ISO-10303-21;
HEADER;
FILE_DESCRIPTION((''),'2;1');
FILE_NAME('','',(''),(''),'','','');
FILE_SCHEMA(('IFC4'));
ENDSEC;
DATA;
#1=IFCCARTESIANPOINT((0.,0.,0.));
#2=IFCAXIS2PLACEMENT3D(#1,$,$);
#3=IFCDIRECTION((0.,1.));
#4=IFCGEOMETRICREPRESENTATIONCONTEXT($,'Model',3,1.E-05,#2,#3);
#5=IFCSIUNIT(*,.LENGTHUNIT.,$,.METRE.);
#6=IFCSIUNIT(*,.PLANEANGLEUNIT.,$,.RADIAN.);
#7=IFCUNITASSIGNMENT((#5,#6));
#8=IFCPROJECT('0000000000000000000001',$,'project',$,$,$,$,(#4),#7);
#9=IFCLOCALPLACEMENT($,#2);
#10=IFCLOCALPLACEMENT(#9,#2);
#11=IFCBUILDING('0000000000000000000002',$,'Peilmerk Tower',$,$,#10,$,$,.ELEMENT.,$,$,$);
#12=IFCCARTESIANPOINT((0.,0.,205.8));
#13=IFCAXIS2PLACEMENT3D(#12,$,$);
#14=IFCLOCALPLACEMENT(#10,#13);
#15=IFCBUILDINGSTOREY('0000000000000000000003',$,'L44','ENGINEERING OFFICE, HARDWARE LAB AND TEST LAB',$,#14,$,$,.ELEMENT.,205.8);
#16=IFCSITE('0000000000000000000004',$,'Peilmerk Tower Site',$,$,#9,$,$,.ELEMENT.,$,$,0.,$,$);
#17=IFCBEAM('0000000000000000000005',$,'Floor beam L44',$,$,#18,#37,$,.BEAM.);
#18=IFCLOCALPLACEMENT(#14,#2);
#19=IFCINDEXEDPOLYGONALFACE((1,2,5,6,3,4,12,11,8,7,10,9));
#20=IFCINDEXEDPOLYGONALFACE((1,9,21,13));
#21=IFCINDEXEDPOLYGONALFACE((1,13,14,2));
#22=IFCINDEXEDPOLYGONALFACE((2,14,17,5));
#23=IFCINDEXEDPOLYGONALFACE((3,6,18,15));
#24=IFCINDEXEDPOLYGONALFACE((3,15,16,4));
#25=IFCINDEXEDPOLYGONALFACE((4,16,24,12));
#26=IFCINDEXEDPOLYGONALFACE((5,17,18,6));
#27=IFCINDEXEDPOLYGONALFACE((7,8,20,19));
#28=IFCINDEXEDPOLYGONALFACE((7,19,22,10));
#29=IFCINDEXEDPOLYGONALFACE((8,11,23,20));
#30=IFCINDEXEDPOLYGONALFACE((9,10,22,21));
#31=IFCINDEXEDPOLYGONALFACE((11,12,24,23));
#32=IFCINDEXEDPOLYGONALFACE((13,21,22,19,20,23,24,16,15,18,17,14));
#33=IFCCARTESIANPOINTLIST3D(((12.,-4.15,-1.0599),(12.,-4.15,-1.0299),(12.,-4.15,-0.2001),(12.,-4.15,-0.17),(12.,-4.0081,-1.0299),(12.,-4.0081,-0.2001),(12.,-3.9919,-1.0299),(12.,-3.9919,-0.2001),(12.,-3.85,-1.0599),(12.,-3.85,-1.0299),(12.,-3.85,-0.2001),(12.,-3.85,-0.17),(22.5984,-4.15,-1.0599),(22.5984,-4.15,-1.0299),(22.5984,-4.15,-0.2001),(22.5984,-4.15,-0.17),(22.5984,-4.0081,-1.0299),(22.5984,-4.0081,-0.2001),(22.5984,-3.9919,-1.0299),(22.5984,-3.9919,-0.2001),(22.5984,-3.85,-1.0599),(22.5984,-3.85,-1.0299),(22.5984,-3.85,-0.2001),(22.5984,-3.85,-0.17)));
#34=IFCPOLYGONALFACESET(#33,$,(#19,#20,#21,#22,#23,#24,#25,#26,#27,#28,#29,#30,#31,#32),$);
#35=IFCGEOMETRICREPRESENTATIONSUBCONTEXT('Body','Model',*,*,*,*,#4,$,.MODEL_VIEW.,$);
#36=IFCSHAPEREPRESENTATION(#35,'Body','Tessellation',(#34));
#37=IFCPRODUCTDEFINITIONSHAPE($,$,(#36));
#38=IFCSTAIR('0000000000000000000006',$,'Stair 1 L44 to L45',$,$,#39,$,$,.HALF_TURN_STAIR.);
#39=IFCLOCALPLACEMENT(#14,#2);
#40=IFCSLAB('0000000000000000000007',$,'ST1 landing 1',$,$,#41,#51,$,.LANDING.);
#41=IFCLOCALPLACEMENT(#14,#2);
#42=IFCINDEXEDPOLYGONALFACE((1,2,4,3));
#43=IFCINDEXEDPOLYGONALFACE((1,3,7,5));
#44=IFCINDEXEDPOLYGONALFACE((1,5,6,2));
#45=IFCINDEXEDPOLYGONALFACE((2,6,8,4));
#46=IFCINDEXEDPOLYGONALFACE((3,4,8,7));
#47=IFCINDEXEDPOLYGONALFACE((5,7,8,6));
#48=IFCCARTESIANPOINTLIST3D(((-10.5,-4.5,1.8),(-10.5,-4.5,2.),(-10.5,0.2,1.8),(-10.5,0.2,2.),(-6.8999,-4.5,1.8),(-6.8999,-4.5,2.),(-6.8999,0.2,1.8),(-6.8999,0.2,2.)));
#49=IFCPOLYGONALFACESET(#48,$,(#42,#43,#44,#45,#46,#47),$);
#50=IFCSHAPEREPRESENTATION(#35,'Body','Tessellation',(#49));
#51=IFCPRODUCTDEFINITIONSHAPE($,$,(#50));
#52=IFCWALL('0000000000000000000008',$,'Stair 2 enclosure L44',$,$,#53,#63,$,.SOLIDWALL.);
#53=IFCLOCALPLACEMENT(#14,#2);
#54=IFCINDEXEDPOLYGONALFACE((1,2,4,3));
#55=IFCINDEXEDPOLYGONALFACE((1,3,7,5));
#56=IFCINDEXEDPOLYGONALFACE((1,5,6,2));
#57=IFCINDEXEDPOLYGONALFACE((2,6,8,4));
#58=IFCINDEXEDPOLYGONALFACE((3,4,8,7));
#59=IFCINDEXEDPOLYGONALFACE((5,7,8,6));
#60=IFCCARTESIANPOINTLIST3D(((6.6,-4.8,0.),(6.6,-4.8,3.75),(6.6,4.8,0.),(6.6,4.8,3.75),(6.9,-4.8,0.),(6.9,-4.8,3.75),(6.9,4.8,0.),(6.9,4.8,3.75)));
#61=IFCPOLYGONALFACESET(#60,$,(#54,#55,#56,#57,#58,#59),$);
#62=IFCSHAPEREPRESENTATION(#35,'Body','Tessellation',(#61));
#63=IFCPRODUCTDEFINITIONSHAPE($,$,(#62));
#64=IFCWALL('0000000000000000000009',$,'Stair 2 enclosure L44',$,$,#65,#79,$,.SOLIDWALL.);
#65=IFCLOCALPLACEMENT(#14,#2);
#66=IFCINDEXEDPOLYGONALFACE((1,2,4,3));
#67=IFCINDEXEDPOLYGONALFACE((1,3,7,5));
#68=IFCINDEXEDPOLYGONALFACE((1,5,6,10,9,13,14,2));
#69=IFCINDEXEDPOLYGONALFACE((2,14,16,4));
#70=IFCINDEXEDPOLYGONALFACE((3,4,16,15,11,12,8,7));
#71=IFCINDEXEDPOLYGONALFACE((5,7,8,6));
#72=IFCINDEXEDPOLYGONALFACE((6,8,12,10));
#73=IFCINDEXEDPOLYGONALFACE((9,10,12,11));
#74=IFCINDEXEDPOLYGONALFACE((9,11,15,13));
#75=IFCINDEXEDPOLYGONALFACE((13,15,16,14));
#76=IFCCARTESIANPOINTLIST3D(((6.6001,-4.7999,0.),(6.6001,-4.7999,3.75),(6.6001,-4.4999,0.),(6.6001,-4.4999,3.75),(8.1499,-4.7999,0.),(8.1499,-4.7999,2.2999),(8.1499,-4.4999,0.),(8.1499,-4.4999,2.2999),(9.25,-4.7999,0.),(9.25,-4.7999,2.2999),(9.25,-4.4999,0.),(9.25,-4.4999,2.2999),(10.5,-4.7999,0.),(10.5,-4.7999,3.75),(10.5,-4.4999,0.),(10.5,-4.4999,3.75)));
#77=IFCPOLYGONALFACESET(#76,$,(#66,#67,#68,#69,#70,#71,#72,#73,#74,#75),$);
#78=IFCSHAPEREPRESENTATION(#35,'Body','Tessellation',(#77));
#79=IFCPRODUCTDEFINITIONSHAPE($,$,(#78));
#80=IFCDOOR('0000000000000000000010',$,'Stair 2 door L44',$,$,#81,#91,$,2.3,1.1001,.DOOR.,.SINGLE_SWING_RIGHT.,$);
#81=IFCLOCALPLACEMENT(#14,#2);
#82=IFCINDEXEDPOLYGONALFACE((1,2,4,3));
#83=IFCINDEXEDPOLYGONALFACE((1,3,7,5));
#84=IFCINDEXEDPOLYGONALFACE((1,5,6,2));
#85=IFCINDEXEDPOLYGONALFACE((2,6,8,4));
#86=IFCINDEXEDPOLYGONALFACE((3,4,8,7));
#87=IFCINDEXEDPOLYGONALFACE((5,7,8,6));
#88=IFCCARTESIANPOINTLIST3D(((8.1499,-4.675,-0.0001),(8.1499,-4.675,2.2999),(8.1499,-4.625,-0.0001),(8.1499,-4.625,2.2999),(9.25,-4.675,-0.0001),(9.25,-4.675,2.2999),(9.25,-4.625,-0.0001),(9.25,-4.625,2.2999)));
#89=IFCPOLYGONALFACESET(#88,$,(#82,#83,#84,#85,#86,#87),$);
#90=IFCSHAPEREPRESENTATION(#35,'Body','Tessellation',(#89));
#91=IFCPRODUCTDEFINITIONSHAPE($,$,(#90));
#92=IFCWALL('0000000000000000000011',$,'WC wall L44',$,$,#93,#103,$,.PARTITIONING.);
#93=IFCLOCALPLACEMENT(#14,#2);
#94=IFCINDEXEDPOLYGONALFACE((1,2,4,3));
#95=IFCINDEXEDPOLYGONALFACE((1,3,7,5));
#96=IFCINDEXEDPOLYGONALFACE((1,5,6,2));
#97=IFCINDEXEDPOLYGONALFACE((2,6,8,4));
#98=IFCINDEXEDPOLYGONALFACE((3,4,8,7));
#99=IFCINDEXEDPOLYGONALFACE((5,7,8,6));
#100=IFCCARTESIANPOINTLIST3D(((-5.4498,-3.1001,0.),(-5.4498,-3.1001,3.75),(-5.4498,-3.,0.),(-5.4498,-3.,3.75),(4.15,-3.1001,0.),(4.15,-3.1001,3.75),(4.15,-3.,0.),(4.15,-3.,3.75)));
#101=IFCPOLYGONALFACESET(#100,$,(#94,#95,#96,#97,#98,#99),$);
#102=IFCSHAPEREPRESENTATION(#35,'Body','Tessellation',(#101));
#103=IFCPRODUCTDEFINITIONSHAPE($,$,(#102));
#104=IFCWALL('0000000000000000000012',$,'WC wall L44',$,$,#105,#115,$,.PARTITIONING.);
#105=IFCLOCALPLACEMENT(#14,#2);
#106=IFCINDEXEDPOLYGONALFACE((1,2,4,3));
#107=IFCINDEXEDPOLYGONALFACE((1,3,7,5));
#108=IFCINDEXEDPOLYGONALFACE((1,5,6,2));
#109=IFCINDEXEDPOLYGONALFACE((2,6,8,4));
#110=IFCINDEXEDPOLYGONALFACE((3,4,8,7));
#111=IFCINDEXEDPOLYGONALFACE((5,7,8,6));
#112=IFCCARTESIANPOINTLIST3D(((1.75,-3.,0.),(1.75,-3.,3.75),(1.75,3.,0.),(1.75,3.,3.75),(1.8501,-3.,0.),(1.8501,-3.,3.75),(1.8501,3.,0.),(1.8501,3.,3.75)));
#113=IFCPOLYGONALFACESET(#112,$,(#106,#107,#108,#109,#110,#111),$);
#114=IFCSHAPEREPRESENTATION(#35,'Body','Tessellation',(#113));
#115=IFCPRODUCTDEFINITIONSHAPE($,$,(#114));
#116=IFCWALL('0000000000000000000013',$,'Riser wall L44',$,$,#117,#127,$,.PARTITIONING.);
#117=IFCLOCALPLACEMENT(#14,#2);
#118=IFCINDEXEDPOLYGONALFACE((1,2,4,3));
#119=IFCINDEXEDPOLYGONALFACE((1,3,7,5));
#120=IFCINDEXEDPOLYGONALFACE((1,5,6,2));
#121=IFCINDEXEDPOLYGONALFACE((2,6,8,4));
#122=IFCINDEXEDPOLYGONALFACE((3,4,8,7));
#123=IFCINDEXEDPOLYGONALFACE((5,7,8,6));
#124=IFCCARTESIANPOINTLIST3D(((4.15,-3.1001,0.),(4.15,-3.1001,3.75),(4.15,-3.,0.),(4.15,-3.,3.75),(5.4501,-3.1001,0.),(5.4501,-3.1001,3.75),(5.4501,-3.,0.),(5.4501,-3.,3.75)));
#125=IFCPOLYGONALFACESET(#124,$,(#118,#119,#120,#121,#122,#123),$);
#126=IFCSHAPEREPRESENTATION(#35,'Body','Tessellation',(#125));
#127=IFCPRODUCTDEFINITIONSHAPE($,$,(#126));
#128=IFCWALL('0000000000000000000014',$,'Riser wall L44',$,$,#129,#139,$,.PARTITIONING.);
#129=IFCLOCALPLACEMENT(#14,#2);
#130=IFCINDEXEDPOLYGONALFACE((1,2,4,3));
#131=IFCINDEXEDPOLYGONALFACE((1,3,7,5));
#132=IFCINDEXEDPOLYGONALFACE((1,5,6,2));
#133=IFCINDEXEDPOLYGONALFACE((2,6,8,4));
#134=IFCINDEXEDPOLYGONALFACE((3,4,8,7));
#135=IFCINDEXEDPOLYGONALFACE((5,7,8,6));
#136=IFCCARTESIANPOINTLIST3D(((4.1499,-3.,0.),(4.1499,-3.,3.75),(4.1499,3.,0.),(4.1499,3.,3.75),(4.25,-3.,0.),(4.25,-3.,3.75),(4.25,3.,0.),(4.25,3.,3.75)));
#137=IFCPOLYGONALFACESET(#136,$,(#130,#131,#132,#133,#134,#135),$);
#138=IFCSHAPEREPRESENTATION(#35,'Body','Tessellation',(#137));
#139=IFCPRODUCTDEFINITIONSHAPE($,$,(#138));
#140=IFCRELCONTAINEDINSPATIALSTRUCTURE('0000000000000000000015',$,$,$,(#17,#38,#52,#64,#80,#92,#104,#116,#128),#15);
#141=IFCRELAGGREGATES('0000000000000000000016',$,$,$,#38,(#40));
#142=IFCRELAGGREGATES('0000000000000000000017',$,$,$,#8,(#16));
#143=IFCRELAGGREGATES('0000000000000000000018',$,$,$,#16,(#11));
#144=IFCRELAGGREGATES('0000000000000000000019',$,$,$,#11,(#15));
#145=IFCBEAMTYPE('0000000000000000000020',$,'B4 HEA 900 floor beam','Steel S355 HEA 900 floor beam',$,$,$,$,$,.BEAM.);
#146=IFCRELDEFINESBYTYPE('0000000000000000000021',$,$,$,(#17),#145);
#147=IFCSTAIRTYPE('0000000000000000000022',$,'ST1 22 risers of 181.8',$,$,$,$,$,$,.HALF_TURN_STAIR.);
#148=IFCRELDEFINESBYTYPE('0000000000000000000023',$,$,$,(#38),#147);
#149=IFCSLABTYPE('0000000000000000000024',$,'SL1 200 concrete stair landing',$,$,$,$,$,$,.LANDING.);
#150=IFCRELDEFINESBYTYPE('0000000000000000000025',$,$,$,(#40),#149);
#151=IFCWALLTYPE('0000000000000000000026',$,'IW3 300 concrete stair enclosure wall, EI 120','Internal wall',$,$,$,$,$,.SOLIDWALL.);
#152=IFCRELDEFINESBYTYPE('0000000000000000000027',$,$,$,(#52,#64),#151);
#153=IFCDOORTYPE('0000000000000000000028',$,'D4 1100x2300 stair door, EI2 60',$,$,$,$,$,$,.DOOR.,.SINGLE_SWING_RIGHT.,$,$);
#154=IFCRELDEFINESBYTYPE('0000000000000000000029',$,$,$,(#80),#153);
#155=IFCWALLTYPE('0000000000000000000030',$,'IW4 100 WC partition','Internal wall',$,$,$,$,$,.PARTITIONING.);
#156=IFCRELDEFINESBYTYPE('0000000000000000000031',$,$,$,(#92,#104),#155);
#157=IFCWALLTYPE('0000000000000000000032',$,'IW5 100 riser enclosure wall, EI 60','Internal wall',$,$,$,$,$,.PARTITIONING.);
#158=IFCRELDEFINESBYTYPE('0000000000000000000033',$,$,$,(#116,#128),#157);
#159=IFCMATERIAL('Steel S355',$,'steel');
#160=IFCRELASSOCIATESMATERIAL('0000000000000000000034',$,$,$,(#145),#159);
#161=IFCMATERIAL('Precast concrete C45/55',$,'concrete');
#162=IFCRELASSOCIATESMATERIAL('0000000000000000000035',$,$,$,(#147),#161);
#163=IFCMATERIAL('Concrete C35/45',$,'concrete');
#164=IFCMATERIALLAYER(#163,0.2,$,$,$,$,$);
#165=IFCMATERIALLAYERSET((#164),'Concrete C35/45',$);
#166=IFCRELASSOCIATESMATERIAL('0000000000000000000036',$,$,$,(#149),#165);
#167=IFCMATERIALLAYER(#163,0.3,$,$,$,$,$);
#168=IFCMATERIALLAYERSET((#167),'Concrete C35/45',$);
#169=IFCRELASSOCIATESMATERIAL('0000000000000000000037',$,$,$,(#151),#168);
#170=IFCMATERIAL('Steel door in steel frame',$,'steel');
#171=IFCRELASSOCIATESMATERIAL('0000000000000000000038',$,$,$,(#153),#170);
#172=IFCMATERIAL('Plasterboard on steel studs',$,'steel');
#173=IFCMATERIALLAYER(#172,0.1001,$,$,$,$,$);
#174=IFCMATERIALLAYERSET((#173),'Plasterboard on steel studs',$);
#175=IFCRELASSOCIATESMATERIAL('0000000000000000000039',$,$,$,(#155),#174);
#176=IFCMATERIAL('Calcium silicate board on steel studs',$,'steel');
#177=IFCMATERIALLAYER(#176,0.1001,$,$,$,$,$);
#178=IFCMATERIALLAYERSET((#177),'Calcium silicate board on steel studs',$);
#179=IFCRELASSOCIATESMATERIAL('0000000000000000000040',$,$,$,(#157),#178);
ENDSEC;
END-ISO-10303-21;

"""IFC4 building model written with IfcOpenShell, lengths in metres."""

from ifc_helpers import new_model, si_unit, direction, frame, frame_2d, origin, origin_2d, place, context, subcontext, project, spatial, polyline, rectangle, i_section, outline, extrude, material, layer, layer_set, material_profile, profile_set, type_object, element, fill, aggregate, save


model = new_model("IFC4")

# Units and contexts
model_context = context("Model", 3, precision=1e-05, world=origin(), true_north=direction((0.0, 1.0)))
body_context = subcontext(model_context, "Body", "Model", "MODEL_VIEW")
ifc_project = project(units=[si_unit("LENGTHUNIT", "METRE"), si_unit("PLANEANGLEUNIT", "RADIAN")], contexts=[model_context])

# Site, building, storey
site_placement = place(None, origin())
site = spatial("IfcSite", under=ifc_project, at=site_placement, Name="Peilmerk Tower Site", CompositionType="ELEMENT", RefElevation=0.0)
building_placement = place(site_placement, origin())
building = spatial("IfcBuilding", under=site, at=building_placement, Name="Peilmerk Tower", CompositionType="ELEMENT")
storey_placement = place(building_placement, frame((0.0, 0.0, 205.8)))
storey = spatial("IfcBuildingStorey", under=building, at=storey_placement, Name="L44", Description="ENGINEERING OFFICE, HARDWARE LAB AND TEST LAB", CompositionType="ELEMENT", Elevation=205.8)

# Beam
ifc_material_1 = material(Name="Steel S355", Category="steel")
ifc_material_profile = material_profile(ifc_material_1, i_section(OverallWidth=0.3, OverallDepth=0.8899, WebThickness=0.0161, FlangeThickness=0.03, at=origin_2d()), Name="HEA 900")
ifc_profile_set = profile_set([ifc_material_profile], Name="Steel S355")
beam_type = type_object("IfcBeamType", Name="B4 HEA 900 floor beam", Description="Steel S355 HEA 900 floor beam", PredefinedType="BEAM", material=ifc_profile_set)
beam_placement = place(storey_placement, frame((12.0, -4.0, -0.615), z_axis=(1.0, 0.0, 0.0), x_axis=(0.0, 1.0, 0.0)))
element("IfcBeam", 1, at=beam_placement, inside=storey, type_object=beam_type, Name="Floor beam L44", PredefinedType="BEAM", context=body_context, shape_type="SweptSolid", body=[
    extrude(i_section(OverallWidth=0.3, OverallDepth=0.8899, WebThickness=0.0161, FlangeThickness=0.03, at=origin_2d()), origin(), (0.0, 0.0, 1.0), 10.5984),
])

# Stair, slab
ifc_material_2 = material(Name="Precast concrete C45/55", Category="concrete")
stair_type_1 = type_object("IfcStairType", Name="ST1 22 risers of 181.8", PredefinedType="HALF_TURN_STAIR", material=ifc_material_2)
stair_1_placement = place(storey_placement, origin())
stair_1 = element("IfcStair", 2, at=stair_1_placement, inside=storey, type_object=stair_type_1, Name="Stair 1 L44 to L45", PredefinedType="HALF_TURN_STAIR")
ifc_material_3 = material(Name="Concrete C35/45", Category="concrete")
ifc_layer_1 = layer(ifc_material_3, 0.2)
ifc_layer_set_1 = layer_set([ifc_layer_1], Name="Concrete C35/45")
slab_type = type_object("IfcSlabType", Name="SL1 200 concrete stair landing", PredefinedType="LANDING", material=ifc_layer_set_1)
slab_placement = place(storey_placement, frame((0.0, 0.0, 1.8)))
slab = element("IfcSlab", 3, at=slab_placement, type_object=slab_type, Name="ST1 landing 1", PredefinedType="LANDING", context=body_context, shape_type="SweptSolid", body=[
    extrude(outline(polyline([(-10.5, -4.5), (-6.8999, -4.5), (-6.8999, 0.2), (-10.5, 0.2), (-10.5, -4.5)])), origin(), (0.0, 0.0, 1.0), 0.2),
])
aggregate(stair_1, [slab])

# Wall
ifc_layer_2 = layer(ifc_material_3, 0.3)
ifc_layer_set_2 = layer_set([ifc_layer_2], Name="Concrete C35/45")
wall_type_1 = type_object("IfcWallType", Name="IW3 300 concrete stair enclosure wall, EI 120", Description="Internal wall", PredefinedType="SOLIDWALL", material=ifc_layer_set_2)
wall_1_placement = place(storey_placement, frame((6.75, -4.8, 0.0), z_axis=(0.0, 0.0, 1.0), x_axis=(0.0, 1.0, 0.0)))
element("IfcWall", 4, at=wall_1_placement, inside=storey, type_object=wall_type_1, Name="Stair 2 enclosure L44", PredefinedType="SOLIDWALL", context=body_context, shape_type="SweptSolid", body=[
    extrude(rectangle(XDim=9.6001, YDim=0.3, at=frame_2d((4.8, 0.0))), origin(), (0.0, 0.0, 1.0), 3.75),
])

# Wall, opening, door
wall_2_placement = place(storey_placement, frame((10.5, -4.6499, 0.0), z_axis=(0.0, 0.0, 1.0), x_axis=(-1.0, 0.0, 0.0)))
wall_2 = element("IfcWall", 5, at=wall_2_placement, inside=storey, type_object=wall_type_1, Name="Stair 2 enclosure L44", PredefinedType="SOLIDWALL", context=body_context, shape_type="SweptSolid", body=[
    extrude(rectangle(XDim=3.8999, YDim=0.3, at=frame_2d((1.95, 0.0))), origin(), (0.0, 0.0, 1.0), 3.75),
])
opening_1_placement = place(wall_2_placement, frame((1.25, 0.0, 0.0)))
opening_1 = element("IfcOpeningElement", 6, at=opening_1_placement, cuts=wall_2, PredefinedType="OPENING", context=body_context, shape_type="SweptSolid", body=[
    extrude(rectangle(XDim=1.1001, YDim=2.3, at=frame_2d((0.55, 1.1499))), frame((0.0, 0.1599, 0.0), z_axis=(0.0, -1.0, 0.0), x_axis=(1.0, 0.0, 0.0)), (0.0, 0.0, 1.0), 0.3201),
])
ifc_material_4 = material(Name="Steel door in steel frame", Category="steel")
door_type_1 = type_object("IfcDoorType", Name="D4 1100x2300 stair door, EI2 60", OperationType="SINGLE_SWING_RIGHT", PredefinedType="DOOR", material=ifc_material_4)
door_1_placement = place(opening_1_placement, frame((1.1001, 0.0, 0.0), z_axis=(0.0, 0.0, 1.0), x_axis=(-1.0, 0.0, 0.0)))
door_1 = element("IfcDoor", 7, at=door_1_placement, inside=storey, type_object=door_type_1, Name="Stair 2 door L44", OperationType="SINGLE_SWING_RIGHT", OverallHeight=2.3, OverallWidth=1.1001, PredefinedType="DOOR", context=body_context, shape_type="SweptSolid", body=[
    extrude(rectangle(XDim=1.1001, YDim=2.3, at=frame_2d((0.55, 1.1499))), frame((0.0, 0.0249, 0.0), z_axis=(0.0, -1.0, 0.0), x_axis=(1.0, 0.0, 0.0)), (0.0, 0.0, 1.0), 0.05),
])
fill(opening_1, door_1)

# Walls
ifc_material_5 = material(Name="Plasterboard on steel studs", Category="steel")
ifc_layer_3 = layer(ifc_material_5, 0.1001)
ifc_layer_set_3 = layer_set([ifc_layer_3], Name="Plasterboard on steel studs")
wall_type_2 = type_object("IfcWallType", Name="IW4 100 WC partition", Description="Internal wall", PredefinedType="PARTITIONING", material=ifc_layer_set_3)
wall_3_placement = place(storey_placement, frame((4.1499, -3.05, 0.0), z_axis=(0.0, 0.0, 1.0), x_axis=(-1.0, 0.0, 0.0)))
element("IfcWall", 8, at=wall_3_placement, inside=storey, type_object=wall_type_2, Name="WC wall L44", PredefinedType="PARTITIONING", context=body_context, shape_type="SweptSolid", body=[
    extrude(rectangle(XDim=9.5999, YDim=0.1001, at=frame_2d((4.7998, 0.0))), origin(), (0.0, 0.0, 1.0), 3.75),
])
wall_4_placement = place(storey_placement, frame((1.8, -3.0, 0.0), z_axis=(0.0, 0.0, 1.0), x_axis=(0.0, 1.0, 0.0)))
element("IfcWall", 9, at=wall_4_placement, inside=storey, type_object=wall_type_2, Name="WC wall L44", PredefinedType="PARTITIONING", context=body_context, shape_type="SweptSolid", body=[
    extrude(rectangle(XDim=6.0, YDim=0.1001, at=frame_2d((3.0, 0.0))), origin(), (0.0, 0.0, 1.0), 3.75),
])
ifc_material_6 = material(Name="Calcium silicate board on steel studs", Category="steel")
ifc_layer_4 = layer(ifc_material_6, 0.1001)
ifc_layer_set_4 = layer_set([ifc_layer_4], Name="Calcium silicate board on steel studs")
wall_type_3 = type_object("IfcWallType", Name="IW5 100 riser enclosure wall, EI 60", Description="Internal wall", PredefinedType="PARTITIONING", material=ifc_layer_set_4)
wall_5_placement = place(storey_placement, frame((5.45, -3.05, 0.0), z_axis=(0.0, 0.0, 1.0), x_axis=(-1.0, 0.0, 0.0)))
element("IfcWall", 10, at=wall_5_placement, inside=storey, type_object=wall_type_3, Name="Riser wall L44", PredefinedType="PARTITIONING", context=body_context, shape_type="SweptSolid", body=[
    extrude(rectangle(XDim=1.3, YDim=0.1001, at=frame_2d((0.6499, 0.0))), origin(), (0.0, 0.0, 1.0), 3.75),
])
wall_6_placement = place(storey_placement, frame((4.2, -3.0, 0.0), z_axis=(0.0, 0.0, 1.0), x_axis=(0.0, 1.0, 0.0)))
element("IfcWall", 11, at=wall_6_placement, inside=storey, type_object=wall_type_3, Name="Riser wall L44", PredefinedType="PARTITIONING", context=body_context, shape_type="SweptSolid", body=[
    extrude(rectangle(XDim=6.0, YDim=0.1001, at=frame_2d((3.0, 0.0))), origin(), (0.0, 0.0, 1.0), 3.75),
])

save(model, "model.ifc")
